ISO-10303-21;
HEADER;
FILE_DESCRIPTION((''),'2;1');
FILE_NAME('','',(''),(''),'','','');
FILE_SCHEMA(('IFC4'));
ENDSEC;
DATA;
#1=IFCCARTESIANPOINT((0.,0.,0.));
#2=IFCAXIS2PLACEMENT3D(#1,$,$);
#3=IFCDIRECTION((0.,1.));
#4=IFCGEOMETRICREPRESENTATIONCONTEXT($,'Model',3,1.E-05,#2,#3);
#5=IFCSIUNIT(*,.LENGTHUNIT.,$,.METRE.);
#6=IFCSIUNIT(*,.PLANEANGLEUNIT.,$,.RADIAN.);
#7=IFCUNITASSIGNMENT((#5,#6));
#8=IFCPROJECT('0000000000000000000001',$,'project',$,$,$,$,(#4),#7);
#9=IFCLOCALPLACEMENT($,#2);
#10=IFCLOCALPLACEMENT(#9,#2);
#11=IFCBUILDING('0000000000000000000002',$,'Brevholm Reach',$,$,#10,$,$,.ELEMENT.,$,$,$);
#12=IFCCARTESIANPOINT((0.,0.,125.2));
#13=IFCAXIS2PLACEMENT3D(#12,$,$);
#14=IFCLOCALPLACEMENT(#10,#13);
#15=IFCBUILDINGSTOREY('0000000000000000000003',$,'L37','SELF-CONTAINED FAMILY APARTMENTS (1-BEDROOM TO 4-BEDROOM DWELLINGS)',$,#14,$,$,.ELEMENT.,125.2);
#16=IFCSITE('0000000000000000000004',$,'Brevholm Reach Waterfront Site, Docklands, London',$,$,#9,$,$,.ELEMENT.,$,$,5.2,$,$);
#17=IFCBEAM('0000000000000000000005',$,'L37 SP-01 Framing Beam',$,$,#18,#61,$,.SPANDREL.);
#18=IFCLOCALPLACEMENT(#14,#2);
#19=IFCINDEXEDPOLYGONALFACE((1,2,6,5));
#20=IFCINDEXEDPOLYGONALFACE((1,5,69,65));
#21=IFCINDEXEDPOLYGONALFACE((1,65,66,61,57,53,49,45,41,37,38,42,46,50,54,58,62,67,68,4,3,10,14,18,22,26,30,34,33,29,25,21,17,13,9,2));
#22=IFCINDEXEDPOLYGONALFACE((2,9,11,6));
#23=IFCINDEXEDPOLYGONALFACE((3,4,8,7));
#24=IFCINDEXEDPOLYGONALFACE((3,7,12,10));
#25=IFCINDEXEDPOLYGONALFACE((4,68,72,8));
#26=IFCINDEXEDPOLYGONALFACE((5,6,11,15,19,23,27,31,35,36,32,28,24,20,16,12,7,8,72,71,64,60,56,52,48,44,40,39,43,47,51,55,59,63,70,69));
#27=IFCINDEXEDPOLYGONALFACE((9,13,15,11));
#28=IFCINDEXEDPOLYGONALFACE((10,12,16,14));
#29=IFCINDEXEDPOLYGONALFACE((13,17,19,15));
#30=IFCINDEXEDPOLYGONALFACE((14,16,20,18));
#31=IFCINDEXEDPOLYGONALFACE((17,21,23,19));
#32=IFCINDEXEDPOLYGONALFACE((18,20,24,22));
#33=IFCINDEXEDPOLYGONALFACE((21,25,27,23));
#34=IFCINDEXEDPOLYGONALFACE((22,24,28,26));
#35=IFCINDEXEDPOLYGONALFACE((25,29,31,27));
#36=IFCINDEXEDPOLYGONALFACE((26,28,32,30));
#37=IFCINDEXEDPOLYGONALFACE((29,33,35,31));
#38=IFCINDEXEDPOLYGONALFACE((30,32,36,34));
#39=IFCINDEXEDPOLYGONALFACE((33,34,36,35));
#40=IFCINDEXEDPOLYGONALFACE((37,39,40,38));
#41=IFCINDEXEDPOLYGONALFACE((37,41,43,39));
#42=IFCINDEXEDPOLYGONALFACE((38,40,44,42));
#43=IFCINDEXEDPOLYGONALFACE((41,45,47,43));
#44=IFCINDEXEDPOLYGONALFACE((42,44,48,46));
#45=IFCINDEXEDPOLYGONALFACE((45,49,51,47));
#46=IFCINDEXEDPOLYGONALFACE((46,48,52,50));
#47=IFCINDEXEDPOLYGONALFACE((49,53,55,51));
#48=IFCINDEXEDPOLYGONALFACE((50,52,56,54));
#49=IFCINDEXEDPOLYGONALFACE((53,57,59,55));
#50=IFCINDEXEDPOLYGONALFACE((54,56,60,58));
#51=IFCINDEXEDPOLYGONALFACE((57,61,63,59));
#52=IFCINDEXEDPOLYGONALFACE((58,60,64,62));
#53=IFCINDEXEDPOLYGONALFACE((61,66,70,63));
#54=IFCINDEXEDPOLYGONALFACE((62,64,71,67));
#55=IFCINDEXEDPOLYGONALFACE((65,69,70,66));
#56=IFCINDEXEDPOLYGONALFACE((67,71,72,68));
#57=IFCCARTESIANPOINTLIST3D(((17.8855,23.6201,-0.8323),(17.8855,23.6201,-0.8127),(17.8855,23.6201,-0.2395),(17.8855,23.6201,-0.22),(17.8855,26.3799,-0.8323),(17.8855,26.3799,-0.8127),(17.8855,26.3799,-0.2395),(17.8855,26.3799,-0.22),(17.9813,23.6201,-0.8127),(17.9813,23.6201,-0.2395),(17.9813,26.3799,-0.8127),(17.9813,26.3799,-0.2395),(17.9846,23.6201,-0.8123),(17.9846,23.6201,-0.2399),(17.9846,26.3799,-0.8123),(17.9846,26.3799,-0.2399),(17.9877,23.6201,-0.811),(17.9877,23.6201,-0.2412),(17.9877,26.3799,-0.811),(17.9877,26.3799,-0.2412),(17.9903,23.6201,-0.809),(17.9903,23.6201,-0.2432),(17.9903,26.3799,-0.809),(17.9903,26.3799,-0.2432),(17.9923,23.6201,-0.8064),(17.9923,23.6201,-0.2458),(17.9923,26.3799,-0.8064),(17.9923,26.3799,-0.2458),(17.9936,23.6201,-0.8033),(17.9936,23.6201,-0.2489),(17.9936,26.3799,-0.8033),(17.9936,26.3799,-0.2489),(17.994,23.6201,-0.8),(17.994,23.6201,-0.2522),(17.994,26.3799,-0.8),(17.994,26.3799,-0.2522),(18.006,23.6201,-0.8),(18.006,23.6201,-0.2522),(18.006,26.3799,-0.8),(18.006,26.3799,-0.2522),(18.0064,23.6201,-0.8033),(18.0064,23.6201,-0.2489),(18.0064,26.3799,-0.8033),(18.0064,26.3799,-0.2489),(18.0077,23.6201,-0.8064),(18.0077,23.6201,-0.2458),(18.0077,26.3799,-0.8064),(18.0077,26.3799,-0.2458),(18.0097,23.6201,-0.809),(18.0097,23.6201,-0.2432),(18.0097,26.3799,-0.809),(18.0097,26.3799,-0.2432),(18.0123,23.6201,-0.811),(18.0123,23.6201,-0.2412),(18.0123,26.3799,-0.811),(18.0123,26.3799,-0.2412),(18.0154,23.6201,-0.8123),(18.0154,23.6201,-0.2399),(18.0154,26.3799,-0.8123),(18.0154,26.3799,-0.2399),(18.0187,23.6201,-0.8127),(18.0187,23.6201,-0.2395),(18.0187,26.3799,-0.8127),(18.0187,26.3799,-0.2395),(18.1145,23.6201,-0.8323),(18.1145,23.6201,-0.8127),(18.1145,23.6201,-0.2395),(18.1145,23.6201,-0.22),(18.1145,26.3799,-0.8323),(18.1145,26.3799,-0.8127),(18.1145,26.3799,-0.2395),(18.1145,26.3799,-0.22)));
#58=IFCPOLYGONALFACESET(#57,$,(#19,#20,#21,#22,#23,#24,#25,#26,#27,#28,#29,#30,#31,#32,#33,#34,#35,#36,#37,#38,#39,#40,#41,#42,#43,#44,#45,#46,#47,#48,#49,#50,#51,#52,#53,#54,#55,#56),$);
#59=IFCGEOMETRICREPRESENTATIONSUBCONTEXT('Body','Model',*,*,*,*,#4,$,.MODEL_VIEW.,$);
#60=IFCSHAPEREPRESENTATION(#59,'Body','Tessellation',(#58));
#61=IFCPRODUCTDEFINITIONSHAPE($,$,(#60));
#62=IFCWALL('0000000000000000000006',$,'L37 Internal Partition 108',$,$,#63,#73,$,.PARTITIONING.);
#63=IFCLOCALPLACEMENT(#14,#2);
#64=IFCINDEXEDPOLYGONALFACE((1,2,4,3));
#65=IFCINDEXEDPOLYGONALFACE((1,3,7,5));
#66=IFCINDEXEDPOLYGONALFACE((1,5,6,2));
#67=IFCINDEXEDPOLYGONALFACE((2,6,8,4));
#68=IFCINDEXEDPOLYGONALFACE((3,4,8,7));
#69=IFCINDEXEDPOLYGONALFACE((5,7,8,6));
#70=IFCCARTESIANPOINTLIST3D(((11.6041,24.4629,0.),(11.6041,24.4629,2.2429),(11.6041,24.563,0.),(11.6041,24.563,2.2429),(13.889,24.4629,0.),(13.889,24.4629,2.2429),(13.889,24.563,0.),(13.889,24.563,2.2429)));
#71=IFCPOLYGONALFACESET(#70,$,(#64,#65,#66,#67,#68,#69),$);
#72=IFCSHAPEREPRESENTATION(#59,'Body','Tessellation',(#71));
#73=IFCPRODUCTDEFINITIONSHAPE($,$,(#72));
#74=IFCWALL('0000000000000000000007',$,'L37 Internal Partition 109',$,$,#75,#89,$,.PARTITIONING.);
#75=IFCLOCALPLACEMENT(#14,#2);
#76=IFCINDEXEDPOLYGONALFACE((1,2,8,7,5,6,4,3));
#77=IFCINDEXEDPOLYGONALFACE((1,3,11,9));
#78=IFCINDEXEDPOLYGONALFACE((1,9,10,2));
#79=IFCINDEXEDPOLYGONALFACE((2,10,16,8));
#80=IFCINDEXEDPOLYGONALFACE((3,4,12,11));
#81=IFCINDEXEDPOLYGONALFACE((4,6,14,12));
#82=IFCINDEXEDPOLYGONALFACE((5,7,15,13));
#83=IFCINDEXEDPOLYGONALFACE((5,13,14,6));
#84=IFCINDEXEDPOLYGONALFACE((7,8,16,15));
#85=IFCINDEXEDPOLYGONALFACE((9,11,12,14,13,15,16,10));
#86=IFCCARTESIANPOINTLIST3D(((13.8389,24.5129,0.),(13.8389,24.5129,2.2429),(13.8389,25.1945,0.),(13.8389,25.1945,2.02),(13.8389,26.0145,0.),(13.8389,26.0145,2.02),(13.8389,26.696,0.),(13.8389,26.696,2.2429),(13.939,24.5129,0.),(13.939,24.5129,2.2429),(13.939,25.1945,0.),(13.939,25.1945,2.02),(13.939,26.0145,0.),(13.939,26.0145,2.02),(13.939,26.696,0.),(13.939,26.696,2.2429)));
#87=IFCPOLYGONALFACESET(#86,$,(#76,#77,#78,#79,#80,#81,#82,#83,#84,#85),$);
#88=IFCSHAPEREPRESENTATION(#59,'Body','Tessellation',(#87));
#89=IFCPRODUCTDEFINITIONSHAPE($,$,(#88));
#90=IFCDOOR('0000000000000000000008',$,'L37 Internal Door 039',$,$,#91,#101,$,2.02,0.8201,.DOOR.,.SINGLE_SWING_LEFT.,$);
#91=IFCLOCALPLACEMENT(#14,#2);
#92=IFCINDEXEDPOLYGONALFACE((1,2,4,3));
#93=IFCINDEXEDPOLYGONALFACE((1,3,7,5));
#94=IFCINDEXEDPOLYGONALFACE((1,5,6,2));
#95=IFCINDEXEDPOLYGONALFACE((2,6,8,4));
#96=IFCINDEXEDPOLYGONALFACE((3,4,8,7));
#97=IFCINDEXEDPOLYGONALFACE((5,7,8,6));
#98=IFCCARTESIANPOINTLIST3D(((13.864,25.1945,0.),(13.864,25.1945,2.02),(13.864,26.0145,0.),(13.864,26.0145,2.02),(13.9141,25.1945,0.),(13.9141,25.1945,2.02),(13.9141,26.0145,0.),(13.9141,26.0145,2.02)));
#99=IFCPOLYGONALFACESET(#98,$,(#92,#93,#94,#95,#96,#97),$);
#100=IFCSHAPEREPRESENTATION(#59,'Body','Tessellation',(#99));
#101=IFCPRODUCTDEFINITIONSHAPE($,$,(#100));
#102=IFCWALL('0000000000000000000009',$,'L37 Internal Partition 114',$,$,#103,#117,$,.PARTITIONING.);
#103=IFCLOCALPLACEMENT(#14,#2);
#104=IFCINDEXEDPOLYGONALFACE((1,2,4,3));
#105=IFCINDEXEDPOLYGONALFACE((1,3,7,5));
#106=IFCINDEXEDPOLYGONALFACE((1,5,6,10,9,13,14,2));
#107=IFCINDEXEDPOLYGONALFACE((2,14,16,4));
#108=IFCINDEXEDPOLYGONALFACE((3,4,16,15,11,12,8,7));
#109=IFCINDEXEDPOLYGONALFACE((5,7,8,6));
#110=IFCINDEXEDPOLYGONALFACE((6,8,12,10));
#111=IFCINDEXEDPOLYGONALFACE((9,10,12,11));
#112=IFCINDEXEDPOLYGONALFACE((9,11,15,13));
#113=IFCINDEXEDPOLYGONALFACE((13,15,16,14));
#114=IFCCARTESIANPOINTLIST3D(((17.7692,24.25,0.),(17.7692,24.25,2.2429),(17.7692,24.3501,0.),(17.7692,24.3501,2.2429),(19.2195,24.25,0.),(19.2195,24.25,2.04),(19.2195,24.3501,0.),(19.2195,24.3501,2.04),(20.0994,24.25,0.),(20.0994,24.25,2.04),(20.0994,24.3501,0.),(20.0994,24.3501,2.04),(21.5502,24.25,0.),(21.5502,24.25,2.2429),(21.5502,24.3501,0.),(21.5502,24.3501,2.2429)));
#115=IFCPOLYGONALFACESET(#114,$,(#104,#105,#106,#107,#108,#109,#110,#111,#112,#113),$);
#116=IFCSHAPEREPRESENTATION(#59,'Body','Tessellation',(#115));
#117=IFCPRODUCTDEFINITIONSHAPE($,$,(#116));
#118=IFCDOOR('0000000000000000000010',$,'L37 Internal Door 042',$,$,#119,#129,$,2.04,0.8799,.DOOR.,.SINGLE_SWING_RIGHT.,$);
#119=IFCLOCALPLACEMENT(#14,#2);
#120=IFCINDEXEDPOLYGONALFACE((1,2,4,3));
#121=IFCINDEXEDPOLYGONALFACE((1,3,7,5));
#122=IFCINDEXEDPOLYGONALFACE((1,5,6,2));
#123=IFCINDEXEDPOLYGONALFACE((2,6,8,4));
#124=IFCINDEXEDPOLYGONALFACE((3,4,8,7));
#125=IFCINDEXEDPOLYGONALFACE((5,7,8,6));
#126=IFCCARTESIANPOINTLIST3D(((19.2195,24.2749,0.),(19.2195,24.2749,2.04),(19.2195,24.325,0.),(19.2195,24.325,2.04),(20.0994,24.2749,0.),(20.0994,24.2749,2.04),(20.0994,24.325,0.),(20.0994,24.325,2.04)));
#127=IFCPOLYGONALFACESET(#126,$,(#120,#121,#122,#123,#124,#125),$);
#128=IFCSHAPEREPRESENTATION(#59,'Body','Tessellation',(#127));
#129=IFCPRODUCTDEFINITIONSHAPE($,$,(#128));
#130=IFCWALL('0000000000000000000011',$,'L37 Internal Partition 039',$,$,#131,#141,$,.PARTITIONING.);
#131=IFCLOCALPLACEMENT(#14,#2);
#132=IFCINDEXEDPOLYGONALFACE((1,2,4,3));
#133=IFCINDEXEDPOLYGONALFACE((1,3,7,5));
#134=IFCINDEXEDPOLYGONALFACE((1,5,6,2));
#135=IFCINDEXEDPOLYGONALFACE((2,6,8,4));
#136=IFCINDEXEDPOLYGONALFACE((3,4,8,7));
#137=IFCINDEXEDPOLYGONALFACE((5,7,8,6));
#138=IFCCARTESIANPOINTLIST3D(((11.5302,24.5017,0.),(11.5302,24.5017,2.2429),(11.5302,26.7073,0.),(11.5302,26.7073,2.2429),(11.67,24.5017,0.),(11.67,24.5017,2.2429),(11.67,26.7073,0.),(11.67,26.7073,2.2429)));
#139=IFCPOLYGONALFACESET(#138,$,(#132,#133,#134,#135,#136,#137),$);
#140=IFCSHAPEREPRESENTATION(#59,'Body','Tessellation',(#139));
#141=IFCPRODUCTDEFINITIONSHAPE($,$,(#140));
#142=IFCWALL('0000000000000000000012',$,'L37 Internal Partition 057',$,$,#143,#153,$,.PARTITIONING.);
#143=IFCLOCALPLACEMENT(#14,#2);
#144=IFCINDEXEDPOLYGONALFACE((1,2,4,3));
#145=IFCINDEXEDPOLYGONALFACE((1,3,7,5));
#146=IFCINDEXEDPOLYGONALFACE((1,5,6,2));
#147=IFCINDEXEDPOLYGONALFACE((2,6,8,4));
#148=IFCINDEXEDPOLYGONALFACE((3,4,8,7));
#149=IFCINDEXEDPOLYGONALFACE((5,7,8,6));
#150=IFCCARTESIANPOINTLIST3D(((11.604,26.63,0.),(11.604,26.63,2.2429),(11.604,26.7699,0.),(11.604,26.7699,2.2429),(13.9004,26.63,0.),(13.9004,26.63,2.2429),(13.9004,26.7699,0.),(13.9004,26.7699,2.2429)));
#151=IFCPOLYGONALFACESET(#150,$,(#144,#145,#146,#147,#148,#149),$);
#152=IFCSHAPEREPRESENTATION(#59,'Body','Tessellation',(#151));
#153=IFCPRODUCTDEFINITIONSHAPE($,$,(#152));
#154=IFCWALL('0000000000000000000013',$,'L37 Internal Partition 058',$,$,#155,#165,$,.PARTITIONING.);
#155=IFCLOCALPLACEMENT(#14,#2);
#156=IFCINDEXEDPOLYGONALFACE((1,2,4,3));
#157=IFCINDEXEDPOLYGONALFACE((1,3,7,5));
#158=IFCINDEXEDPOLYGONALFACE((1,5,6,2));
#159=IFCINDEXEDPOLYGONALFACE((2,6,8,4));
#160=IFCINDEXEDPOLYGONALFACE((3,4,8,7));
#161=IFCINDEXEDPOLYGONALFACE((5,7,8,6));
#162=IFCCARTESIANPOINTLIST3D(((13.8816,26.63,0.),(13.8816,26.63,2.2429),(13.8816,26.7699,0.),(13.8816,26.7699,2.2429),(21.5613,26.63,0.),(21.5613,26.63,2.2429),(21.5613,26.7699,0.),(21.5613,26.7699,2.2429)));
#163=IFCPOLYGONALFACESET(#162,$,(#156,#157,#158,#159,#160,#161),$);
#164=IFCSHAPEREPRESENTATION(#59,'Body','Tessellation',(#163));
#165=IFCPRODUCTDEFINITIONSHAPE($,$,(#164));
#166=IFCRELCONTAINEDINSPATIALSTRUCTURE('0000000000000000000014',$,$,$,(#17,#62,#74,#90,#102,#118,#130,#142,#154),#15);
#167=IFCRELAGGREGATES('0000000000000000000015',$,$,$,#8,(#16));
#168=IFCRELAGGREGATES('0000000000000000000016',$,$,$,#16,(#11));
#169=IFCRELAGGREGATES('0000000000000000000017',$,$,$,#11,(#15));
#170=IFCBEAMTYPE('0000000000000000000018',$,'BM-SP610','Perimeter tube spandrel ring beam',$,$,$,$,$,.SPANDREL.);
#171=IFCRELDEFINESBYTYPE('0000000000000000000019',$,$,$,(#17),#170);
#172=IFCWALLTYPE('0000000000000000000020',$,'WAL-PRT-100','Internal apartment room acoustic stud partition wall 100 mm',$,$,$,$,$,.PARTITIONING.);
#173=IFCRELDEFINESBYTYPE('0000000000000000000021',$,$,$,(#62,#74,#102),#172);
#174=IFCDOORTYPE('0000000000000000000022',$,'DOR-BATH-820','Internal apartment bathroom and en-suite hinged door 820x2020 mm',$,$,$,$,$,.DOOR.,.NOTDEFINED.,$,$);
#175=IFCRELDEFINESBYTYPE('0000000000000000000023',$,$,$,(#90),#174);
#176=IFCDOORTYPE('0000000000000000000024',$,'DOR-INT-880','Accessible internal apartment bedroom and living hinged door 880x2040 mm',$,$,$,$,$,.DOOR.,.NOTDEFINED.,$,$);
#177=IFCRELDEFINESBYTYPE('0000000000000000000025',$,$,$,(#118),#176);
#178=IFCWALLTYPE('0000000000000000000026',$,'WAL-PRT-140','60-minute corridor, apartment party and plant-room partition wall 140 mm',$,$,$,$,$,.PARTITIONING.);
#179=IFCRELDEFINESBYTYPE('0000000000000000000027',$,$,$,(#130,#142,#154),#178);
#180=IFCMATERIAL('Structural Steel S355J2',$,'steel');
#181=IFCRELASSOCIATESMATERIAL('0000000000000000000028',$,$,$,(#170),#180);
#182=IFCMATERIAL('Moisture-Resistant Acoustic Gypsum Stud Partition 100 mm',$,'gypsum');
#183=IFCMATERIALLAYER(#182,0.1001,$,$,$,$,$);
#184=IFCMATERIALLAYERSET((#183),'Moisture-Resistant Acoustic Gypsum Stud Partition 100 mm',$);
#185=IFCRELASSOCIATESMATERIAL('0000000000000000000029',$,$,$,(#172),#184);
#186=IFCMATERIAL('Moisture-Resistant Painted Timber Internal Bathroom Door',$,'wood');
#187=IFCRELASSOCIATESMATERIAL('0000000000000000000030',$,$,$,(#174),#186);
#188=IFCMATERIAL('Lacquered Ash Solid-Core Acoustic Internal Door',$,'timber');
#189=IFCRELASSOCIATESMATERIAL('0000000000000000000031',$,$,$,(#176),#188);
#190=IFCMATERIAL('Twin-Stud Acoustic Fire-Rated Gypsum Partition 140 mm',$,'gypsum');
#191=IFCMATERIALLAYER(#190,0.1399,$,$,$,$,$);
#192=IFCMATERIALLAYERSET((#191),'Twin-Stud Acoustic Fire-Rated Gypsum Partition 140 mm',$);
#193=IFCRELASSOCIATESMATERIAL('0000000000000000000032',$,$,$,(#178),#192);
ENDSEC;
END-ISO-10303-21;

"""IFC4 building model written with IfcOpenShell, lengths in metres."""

from ifc_helpers import new_model, si_unit, direction, frame, frame_2d, origin, origin_2d, place, context, subcontext, project, spatial, rectangle, i_section, extrude, material, layer, layer_set, material_profile, profile_set, type_object, element, fill, save


model = new_model("IFC4")

# Units and contexts
model_context = context("Model", 3, precision=1e-05, world=origin(), true_north=direction((0.0, 1.0)))
body_context = subcontext(model_context, "Body", "Model", "MODEL_VIEW")
ifc_project = project(units=[si_unit("LENGTHUNIT", "METRE"), si_unit("PLANEANGLEUNIT", "RADIAN")], contexts=[model_context])

# Site, building, storey
site_placement = place(None, origin())
site = spatial("IfcSite", under=ifc_project, at=site_placement, Name="Brevholm Reach Waterfront Site, Docklands, London", CompositionType="ELEMENT", RefElevation=5.2)
building_placement = place(site_placement, origin())
building = spatial("IfcBuilding", under=site, at=building_placement, Name="Brevholm Reach", CompositionType="ELEMENT")
storey_placement = place(building_placement, frame((0.0, 0.0, 125.2)))
storey = spatial("IfcBuildingStorey", under=building, at=storey_placement, Name="L37", Description="SELF-CONTAINED FAMILY APARTMENTS (1-BEDROOM TO 4-BEDROOM DWELLINGS)", CompositionType="ELEMENT", Elevation=125.2)

# Beam
ifc_material_1 = material(Name="Structural Steel S355J2", Category="steel")
ifc_material_profile_1 = material_profile(ifc_material_1, i_section(OverallWidth=0.229, OverallDepth=0.6123, WebThickness=0.012, FlangeThickness=0.0195, FilletRadius=0.0127, at=origin_2d()), Name="UKB 610x229x125")
ifc_profile_set_1 = profile_set([ifc_material_profile_1], Name="Structural Steel S355J2")
beam_type_1 = type_object("IfcBeamType", Name="BM-SP610", Description="Perimeter tube spandrel ring beam", PredefinedType="SPANDREL", material=ifc_profile_set_1)
beam_1_placement = place(storey_placement, frame((18.0, 23.6201, -0.5261), z_axis=(0.0, 1.0, 0.0), x_axis=(-1.0, 0.0, 0.0)))
element("IfcBeam", 1, at=beam_1_placement, inside=storey, type_object=beam_type_1, Name="L37 SP-01 Framing Beam", PredefinedType="SPANDREL", context=body_context, shape_type="SweptSolid", body=[
    extrude(i_section(OverallWidth=0.229, OverallDepth=0.6123, WebThickness=0.012, FlangeThickness=0.0195, FilletRadius=0.0127, at=origin_2d()), origin(), (0.0, 0.0, 1.0), 2.7598),
])

# Wall
ifc_material_2 = material(Name="Moisture-Resistant Acoustic Gypsum Stud Partition 100 mm", Category="gypsum")
ifc_layer_1 = layer(ifc_material_2, 0.1001)
ifc_layer_set_1 = layer_set([ifc_layer_1], Name="Moisture-Resistant Acoustic Gypsum Stud Partition 100 mm")
wall_type_1 = type_object("IfcWallType", Name="WAL-PRT-100", Description="Internal apartment room acoustic stud partition wall 100 mm", PredefinedType="PARTITIONING", material=ifc_layer_set_1)
wall_1_placement = place(storey_placement, frame((11.604, 24.5129, 0.0), z_axis=(0.0, 0.0, 1.0), x_axis=(1.0, 0.0, 0.0)))
element("IfcWall", 2, at=wall_1_placement, inside=storey, type_object=wall_type_1, Name="L37 Internal Partition 108", PredefinedType="PARTITIONING", context=body_context, shape_type="SweptSolid", body=[
    extrude(rectangle(XDim=2.2849, YDim=0.1001, at=frame_2d((1.1426, 0.0))), origin(), (0.0, 0.0, 1.0), 2.2429),
])

# Walls, openings, doors
wall_2_placement = place(storey_placement, frame((13.8889, 24.5129, 0.0), z_axis=(0.0, 0.0, 1.0), x_axis=(0.0, 1.0, 0.0)))
wall_2 = element("IfcWall", 3, at=wall_2_placement, inside=storey, type_object=wall_type_1, Name="L37 Internal Partition 109", PredefinedType="PARTITIONING", context=body_context, shape_type="SweptSolid", body=[
    extrude(rectangle(XDim=2.1831, YDim=0.1001, at=frame_2d((1.0916, 0.0))), origin(), (0.0, 0.0, 1.0), 2.2429),
])
opening_1_placement = place(wall_2_placement, frame((0.6814, 0.0, 0.0)))
opening_1 = element("IfcOpeningElement", 4, at=opening_1_placement, cuts=wall_2, PredefinedType="OPENING", context=body_context, shape_type="SweptSolid", body=[
    extrude(rectangle(XDim=0.8201, YDim=2.02, at=frame_2d((0.4102, 1.01))), frame((0.0, 0.0601, 0.0), z_axis=(0.0, -1.0, 0.0), x_axis=(1.0, 0.0, 0.0)), (0.0, 0.0, 1.0), 0.1201),
])
ifc_material_3 = material(Name="Moisture-Resistant Painted Timber Internal Bathroom Door", Category="wood")
door_type_1 = type_object("IfcDoorType", Name="DOR-BATH-820", Description="Internal apartment bathroom and en-suite hinged door 820x2020 mm", OperationType="NOTDEFINED", PredefinedType="DOOR", material=ifc_material_3)
door_1_placement = place(opening_1_placement, origin())
door_1 = element("IfcDoor", 5, at=door_1_placement, inside=storey, type_object=door_type_1, Name="L37 Internal Door 039", OperationType="SINGLE_SWING_LEFT", OverallHeight=2.02, OverallWidth=0.8201, PredefinedType="DOOR", context=body_context, shape_type="SweptSolid", body=[
    extrude(rectangle(XDim=0.8201, YDim=2.02, at=frame_2d((0.4102, 1.01))), frame((0.0, 0.0249, 0.0), z_axis=(0.0, -1.0, 0.0), x_axis=(1.0, 0.0, 0.0)), (0.0, 0.0, 1.0), 0.05),
])
fill(opening_1, door_1)
wall_3_placement = place(storey_placement, frame((17.769, 24.3, 0.0), z_axis=(0.0, 0.0, 1.0), x_axis=(1.0, 0.0, 0.0)))
wall_3 = element("IfcWall", 6, at=wall_3_placement, inside=storey, type_object=wall_type_1, Name="L37 Internal Partition 114", PredefinedType="PARTITIONING", context=body_context, shape_type="SweptSolid", body=[
    extrude(rectangle(XDim=3.781, YDim=0.1001, at=frame_2d((1.8906, 0.0))), origin(), (0.0, 0.0, 1.0), 2.2429),
])
opening_2_placement = place(wall_3_placement, frame((1.4504, 0.0, 0.0)))
opening_2 = element("IfcOpeningElement", 7, at=opening_2_placement, cuts=wall_3, PredefinedType="OPENING", context=body_context, shape_type="SweptSolid", body=[
    extrude(rectangle(XDim=0.8799, YDim=2.04, at=frame_2d((0.4399, 1.02))), frame((0.0, 0.0601, 0.0), z_axis=(0.0, -1.0, 0.0), x_axis=(1.0, 0.0, 0.0)), (0.0, 0.0, 1.0), 0.1201),
])
ifc_material_4 = material(Name="Lacquered Ash Solid-Core Acoustic Internal Door", Category="timber")
door_type_2 = type_object("IfcDoorType", Name="DOR-INT-880", Description="Accessible internal apartment bedroom and living hinged door 880x2040 mm", OperationType="NOTDEFINED", PredefinedType="DOOR", material=ifc_material_4)
door_2_placement = place(opening_2_placement, origin())
door_2 = element("IfcDoor", 8, at=door_2_placement, inside=storey, type_object=door_type_2, Name="L37 Internal Door 042", OperationType="SINGLE_SWING_RIGHT", OverallHeight=2.04, OverallWidth=0.8799, PredefinedType="DOOR", context=body_context, shape_type="SweptSolid", body=[
    extrude(rectangle(XDim=0.8799, YDim=2.04, at=frame_2d((0.4399, 1.02))), frame((0.0, 0.0249, 0.0), z_axis=(0.0, -1.0, 0.0), x_axis=(1.0, 0.0, 0.0)), (0.0, 0.0, 1.0), 0.05),
])
fill(opening_2, door_2)

# Walls
ifc_material_5 = material(Name="Twin-Stud Acoustic Fire-Rated Gypsum Partition 140 mm", Category="gypsum")
ifc_layer_2 = layer(ifc_material_5, 0.1399)
ifc_layer_set_2 = layer_set([ifc_layer_2], Name="Twin-Stud Acoustic Fire-Rated Gypsum Partition 140 mm")
wall_type_2 = type_object("IfcWallType", Name="WAL-PRT-140", Description="60-minute corridor, apartment party and plant-room partition wall 140 mm", PredefinedType="PARTITIONING", material=ifc_layer_set_2)
wall_4_placement = place(storey_placement, frame((11.6001, 24.5017, 0.0), z_axis=(0.0, 0.0, 1.0), x_axis=(0.0, 1.0, 0.0)))
element("IfcWall", 9, at=wall_4_placement, inside=storey, type_object=wall_type_2, Name="L37 Internal Partition 039", PredefinedType="PARTITIONING", context=body_context, shape_type="SweptSolid", body=[
    extrude(rectangle(XDim=2.2056, YDim=0.1399, at=frame_2d((1.1028, 0.0))), origin(), (0.0, 0.0, 1.0), 2.2429),
])
wall_5_placement = place(storey_placement, frame((11.604, 26.7, 0.0), z_axis=(0.0, 0.0, 1.0), x_axis=(1.0, 0.0, 0.0)))
element("IfcWall", 10, at=wall_5_placement, inside=storey, type_object=wall_type_2, Name="L37 Internal Partition 057", PredefinedType="PARTITIONING", context=body_context, shape_type="SweptSolid", body=[
    extrude(rectangle(XDim=2.2964, YDim=0.1399, at=frame_2d((1.1482, 0.0))), origin(), (0.0, 0.0, 1.0), 2.2429),
])
wall_6_placement = place(storey_placement, frame((13.8816, 26.7, 0.0), z_axis=(0.0, 0.0, 1.0), x_axis=(1.0, 0.0, 0.0)))
element("IfcWall", 11, at=wall_6_placement, inside=storey, type_object=wall_type_2, Name="L37 Internal Partition 058", PredefinedType="PARTITIONING", context=body_context, shape_type="SweptSolid", body=[
    extrude(rectangle(XDim=7.6797, YDim=0.1399, at=frame_2d((3.8398, 0.0))), origin(), (0.0, 0.0, 1.0), 2.2429),
])

save(model, "model.ifc")
